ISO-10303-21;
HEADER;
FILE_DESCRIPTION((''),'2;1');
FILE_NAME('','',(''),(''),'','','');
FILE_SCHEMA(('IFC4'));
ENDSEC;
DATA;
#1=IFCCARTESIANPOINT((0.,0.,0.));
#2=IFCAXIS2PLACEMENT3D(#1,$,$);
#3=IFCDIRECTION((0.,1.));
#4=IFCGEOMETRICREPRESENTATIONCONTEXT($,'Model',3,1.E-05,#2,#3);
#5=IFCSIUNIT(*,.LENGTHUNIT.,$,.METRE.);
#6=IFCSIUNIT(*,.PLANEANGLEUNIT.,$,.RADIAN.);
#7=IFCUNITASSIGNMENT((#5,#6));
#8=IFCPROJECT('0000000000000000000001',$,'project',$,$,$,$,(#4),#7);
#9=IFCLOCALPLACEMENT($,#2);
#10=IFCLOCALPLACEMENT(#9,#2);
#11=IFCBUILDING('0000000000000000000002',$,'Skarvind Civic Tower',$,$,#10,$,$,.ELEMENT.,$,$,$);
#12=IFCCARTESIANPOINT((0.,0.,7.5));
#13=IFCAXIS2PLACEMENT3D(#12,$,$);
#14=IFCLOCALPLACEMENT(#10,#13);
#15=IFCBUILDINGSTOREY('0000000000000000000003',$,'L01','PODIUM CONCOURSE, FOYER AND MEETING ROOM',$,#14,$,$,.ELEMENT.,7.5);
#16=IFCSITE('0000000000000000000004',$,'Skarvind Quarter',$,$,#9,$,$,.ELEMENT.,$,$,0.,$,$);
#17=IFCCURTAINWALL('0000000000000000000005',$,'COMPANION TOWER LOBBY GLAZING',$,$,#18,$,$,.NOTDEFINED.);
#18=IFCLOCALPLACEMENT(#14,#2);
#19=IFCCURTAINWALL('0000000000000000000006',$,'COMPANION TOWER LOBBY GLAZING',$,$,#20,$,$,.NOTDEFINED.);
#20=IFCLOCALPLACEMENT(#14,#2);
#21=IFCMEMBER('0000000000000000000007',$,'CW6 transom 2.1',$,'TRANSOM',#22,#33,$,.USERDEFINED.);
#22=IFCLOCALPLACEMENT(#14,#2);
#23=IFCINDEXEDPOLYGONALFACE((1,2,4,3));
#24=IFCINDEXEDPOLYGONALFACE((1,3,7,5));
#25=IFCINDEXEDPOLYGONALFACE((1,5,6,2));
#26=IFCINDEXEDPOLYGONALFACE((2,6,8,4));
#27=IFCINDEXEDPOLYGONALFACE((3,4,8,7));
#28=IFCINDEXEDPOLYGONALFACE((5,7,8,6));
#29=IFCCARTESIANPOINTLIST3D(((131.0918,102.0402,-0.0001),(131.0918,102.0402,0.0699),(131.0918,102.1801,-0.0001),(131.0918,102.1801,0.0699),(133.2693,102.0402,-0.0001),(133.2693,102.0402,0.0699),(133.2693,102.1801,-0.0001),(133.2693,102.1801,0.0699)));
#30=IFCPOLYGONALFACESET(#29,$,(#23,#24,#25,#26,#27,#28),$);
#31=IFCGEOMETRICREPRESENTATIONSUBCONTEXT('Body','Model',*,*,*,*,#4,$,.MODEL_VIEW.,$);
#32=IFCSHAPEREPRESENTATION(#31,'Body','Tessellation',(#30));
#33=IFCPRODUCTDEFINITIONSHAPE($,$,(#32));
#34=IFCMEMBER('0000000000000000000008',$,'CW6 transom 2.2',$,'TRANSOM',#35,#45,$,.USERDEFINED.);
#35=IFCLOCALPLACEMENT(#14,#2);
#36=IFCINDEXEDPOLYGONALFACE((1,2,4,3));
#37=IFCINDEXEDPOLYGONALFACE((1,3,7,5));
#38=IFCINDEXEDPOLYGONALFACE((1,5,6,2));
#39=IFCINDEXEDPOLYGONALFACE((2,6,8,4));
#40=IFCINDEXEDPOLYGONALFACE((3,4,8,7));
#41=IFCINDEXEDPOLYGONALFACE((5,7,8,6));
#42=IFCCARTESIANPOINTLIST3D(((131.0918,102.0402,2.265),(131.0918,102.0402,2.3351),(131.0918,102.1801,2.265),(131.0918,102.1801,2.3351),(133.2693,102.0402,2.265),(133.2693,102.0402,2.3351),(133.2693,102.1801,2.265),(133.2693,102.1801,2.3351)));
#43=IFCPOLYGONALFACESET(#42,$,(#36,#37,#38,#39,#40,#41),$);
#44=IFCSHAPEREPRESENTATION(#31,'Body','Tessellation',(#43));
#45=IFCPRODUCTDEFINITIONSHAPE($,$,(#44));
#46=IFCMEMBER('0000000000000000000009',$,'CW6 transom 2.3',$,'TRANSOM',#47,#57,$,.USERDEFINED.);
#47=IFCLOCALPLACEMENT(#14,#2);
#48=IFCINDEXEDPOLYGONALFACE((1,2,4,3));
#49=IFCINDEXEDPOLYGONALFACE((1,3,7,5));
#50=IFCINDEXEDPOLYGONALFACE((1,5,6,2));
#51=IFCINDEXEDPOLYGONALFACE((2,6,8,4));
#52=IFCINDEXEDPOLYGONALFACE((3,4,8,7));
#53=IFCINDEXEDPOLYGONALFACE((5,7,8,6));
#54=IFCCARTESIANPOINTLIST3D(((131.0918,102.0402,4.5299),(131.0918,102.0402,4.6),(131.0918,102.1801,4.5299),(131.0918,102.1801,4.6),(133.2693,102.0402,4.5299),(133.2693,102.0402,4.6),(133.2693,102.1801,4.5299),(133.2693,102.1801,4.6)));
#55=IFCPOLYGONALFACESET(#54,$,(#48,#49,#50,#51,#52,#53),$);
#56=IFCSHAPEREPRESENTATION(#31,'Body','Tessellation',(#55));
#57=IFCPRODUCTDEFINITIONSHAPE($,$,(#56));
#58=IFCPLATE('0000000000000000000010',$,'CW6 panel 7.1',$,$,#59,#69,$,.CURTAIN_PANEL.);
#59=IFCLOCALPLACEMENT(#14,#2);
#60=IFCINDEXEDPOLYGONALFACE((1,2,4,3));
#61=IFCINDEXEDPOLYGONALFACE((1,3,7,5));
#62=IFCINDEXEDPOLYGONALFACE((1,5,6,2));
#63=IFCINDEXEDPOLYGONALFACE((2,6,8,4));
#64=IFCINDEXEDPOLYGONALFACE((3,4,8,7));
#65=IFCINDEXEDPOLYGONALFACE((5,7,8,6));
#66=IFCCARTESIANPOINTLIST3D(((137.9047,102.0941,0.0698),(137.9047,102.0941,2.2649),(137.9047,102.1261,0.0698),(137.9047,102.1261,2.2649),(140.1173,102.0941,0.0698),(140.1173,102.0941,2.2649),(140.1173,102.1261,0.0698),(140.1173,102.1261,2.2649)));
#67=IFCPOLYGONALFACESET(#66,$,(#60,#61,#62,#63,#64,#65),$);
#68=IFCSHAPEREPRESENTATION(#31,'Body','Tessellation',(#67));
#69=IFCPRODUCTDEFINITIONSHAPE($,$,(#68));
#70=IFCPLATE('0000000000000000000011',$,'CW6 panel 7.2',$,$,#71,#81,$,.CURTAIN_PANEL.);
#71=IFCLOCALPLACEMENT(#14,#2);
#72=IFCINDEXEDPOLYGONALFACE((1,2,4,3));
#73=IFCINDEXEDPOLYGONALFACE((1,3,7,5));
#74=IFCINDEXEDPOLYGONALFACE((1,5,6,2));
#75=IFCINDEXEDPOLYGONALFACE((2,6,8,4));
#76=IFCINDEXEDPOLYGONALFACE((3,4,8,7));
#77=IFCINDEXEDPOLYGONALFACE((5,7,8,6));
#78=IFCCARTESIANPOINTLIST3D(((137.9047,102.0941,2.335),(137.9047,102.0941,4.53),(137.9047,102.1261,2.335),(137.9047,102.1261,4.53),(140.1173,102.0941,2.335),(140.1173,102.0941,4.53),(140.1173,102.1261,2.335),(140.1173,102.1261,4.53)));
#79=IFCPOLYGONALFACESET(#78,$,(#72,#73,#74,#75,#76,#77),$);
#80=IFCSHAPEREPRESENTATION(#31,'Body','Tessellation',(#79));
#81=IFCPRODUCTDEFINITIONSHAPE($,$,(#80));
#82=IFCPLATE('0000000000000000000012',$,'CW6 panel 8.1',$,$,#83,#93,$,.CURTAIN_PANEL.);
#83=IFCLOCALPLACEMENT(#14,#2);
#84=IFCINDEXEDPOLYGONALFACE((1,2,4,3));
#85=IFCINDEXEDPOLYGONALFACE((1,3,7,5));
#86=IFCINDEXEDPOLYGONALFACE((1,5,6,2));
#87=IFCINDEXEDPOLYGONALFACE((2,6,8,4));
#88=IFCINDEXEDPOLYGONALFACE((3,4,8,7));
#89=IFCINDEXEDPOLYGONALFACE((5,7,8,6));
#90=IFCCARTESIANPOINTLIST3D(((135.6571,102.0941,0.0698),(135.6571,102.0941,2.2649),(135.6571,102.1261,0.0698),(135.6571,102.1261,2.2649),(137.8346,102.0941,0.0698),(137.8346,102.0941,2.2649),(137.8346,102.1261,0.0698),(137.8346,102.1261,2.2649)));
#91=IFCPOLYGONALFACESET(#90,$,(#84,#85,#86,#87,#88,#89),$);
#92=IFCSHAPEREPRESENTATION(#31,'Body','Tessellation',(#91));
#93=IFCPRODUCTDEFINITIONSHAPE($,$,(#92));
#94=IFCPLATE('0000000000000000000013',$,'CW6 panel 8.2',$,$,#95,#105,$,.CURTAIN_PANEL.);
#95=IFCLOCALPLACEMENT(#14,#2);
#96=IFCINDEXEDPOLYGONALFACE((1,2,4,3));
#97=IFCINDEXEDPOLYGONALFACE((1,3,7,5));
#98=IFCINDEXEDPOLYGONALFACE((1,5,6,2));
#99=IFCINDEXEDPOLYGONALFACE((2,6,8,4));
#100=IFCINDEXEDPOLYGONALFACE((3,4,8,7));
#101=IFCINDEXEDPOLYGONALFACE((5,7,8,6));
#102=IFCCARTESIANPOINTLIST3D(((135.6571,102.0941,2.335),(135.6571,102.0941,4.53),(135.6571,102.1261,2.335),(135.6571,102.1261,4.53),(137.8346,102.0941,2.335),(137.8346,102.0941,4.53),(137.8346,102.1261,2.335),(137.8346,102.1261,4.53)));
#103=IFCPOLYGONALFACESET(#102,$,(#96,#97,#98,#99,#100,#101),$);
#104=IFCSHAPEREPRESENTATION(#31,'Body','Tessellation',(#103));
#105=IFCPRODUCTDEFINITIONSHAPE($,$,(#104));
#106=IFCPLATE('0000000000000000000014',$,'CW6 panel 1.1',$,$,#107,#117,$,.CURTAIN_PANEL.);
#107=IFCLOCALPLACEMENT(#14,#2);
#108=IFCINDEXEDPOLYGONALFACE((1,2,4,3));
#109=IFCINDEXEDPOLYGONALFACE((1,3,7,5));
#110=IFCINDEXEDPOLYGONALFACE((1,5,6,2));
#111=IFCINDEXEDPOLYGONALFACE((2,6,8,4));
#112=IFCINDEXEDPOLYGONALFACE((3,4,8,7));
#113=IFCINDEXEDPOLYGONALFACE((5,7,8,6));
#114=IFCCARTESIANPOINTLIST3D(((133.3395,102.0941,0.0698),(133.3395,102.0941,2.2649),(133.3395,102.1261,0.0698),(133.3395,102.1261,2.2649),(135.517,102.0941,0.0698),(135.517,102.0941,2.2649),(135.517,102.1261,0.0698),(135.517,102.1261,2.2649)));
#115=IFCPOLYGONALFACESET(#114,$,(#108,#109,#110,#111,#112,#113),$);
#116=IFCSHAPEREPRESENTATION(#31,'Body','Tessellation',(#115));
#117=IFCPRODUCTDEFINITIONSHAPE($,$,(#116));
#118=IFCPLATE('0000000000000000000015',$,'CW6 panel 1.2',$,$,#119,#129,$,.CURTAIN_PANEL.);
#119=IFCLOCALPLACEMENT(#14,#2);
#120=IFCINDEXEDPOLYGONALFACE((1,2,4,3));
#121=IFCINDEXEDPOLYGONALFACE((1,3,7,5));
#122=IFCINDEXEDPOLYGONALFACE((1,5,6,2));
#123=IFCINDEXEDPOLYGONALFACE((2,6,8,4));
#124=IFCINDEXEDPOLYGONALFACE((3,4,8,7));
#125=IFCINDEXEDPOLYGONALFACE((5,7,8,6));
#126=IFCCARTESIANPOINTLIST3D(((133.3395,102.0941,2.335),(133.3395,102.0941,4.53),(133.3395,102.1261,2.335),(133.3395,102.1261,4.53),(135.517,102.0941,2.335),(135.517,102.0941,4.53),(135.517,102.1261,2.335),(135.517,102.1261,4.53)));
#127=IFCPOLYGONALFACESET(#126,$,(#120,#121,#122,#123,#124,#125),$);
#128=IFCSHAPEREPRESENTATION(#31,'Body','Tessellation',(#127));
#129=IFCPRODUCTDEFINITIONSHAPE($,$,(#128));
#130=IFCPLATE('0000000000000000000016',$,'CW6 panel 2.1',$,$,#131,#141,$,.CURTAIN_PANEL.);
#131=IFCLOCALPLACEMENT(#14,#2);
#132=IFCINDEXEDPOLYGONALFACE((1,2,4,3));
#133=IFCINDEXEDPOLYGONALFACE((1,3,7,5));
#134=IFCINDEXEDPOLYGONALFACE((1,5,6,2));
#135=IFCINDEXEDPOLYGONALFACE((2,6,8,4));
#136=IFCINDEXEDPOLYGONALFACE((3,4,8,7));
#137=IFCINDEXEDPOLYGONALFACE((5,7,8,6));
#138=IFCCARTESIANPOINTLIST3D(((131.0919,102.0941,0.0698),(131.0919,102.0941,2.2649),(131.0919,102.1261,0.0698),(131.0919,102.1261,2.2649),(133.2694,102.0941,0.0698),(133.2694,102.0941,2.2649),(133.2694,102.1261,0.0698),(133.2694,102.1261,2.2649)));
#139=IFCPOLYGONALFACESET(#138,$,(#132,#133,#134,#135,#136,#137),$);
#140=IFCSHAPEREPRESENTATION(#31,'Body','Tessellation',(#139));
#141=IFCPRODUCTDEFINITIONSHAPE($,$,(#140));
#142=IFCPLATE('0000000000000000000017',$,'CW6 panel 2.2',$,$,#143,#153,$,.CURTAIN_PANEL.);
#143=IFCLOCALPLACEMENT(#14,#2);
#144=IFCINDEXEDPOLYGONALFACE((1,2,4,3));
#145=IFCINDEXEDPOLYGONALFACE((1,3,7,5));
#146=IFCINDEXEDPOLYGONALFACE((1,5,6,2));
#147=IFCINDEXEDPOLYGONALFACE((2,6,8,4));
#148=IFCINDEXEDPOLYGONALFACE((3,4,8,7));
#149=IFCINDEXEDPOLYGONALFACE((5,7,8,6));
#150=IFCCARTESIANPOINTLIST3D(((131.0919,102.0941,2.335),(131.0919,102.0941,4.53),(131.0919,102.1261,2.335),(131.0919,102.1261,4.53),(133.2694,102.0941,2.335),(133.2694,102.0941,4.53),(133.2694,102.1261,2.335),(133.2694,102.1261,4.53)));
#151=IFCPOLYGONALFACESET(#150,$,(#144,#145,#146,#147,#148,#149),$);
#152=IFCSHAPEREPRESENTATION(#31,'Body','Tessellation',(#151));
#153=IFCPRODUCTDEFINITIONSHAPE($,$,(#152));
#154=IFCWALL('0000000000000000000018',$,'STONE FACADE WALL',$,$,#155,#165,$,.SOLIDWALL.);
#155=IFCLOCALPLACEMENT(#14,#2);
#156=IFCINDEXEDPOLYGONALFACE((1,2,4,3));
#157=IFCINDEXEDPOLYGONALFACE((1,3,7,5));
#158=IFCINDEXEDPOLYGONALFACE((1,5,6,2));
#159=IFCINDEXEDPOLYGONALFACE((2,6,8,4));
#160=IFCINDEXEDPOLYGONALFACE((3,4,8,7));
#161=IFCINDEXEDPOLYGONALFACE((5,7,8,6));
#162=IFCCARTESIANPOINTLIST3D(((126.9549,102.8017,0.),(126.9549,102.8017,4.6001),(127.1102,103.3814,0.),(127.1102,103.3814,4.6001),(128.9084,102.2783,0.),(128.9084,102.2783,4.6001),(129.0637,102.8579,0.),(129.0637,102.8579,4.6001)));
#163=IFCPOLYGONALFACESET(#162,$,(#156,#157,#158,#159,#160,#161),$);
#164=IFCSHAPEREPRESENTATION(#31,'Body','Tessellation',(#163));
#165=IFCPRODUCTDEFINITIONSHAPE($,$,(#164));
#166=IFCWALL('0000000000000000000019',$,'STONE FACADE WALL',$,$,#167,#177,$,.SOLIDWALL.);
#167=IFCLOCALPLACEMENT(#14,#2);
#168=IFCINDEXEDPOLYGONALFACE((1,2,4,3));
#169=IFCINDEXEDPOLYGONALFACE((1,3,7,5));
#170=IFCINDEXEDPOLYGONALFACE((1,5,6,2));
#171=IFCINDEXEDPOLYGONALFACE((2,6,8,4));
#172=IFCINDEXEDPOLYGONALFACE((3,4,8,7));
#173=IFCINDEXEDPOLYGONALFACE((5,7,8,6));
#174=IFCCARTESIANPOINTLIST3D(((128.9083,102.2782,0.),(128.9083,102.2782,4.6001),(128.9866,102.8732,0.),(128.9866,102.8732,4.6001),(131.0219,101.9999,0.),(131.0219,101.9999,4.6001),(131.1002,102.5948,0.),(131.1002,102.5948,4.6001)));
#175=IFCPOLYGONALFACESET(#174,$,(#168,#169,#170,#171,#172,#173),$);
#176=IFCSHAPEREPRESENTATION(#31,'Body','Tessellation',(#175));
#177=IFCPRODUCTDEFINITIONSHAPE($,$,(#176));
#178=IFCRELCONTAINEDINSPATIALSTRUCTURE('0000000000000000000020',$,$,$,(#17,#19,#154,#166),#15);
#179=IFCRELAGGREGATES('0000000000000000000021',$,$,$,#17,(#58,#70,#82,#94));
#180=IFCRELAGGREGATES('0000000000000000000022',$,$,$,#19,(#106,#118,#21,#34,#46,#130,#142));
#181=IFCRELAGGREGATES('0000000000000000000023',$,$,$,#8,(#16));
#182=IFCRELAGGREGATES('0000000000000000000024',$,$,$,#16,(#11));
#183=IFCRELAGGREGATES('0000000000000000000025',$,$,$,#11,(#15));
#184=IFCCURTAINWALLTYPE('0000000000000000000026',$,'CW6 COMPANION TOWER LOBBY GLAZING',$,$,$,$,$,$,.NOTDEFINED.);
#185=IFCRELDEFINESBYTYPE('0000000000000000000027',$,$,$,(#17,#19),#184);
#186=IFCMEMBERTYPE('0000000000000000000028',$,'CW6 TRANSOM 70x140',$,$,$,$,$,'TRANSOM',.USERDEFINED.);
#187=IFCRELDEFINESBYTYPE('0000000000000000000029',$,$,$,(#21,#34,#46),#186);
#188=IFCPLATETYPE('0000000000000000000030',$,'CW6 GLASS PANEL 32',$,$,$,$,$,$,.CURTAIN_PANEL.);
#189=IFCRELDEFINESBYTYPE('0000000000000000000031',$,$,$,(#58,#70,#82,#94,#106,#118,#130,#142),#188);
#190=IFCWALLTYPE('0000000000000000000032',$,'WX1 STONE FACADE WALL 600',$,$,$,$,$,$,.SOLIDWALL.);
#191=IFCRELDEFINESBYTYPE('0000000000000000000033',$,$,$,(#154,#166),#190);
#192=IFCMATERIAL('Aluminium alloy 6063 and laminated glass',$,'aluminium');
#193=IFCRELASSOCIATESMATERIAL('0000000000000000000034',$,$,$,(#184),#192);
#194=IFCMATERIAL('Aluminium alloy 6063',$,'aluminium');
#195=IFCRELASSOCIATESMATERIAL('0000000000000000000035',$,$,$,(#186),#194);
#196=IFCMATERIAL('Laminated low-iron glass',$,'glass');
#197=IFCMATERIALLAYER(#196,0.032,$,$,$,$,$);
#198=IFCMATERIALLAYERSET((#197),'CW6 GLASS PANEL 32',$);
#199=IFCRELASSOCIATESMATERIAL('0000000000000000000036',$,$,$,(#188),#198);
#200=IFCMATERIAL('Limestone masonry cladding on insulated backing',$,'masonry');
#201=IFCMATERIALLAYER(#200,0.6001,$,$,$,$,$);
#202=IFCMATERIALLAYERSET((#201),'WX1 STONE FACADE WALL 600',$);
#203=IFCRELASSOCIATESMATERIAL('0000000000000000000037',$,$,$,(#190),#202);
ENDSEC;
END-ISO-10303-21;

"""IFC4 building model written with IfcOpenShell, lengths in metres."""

from ifc_helpers import new_model, si_unit, direction, frame, frame_2d, origin, origin_2d, place, context, subcontext, project, spatial, rectangle, extrude, material, layer, layer_set, material_profile, profile_set, type_object, element, aggregate, save


model = new_model("IFC4")

# Units and contexts
model_context = context("Model", 3, precision=1e-05, world=origin(), true_north=direction((0.0, 1.0)))
body_context = subcontext(model_context, "Body", "Model", "MODEL_VIEW")
ifc_project = project(units=[si_unit("LENGTHUNIT", "METRE"), si_unit("PLANEANGLEUNIT", "RADIAN")], contexts=[model_context])

# Site, building, storey
site_placement = place(None, origin())
site = spatial("IfcSite", under=ifc_project, at=site_placement, Name="Skarvind Quarter", CompositionType="ELEMENT", RefElevation=0.0)
building_placement = place(site_placement, origin())
building = spatial("IfcBuilding", under=site, at=building_placement, Name="Skarvind Civic Tower", CompositionType="ELEMENT")
storey_placement = place(building_placement, frame((0.0, 0.0, 7.5)))
storey = spatial("IfcBuildingStorey", under=building, at=storey_placement, Name="L01", Description="PODIUM CONCOURSE, FOYER AND MEETING ROOM", CompositionType="ELEMENT", Elevation=7.5)

# Curtain walls
ifc_material_1 = material(Name="Aluminium alloy 6063 and laminated glass", Category="aluminium")
curtain_wall_type = type_object("IfcCurtainWallType", Name="CW6 COMPANION TOWER LOBBY GLAZING", PredefinedType="NOTDEFINED", material=ifc_material_1)
curtain_wall_1_placement = place(storey_placement, origin())
curtain_wall_1 = element("IfcCurtainWall", 1, at=curtain_wall_1_placement, inside=storey, type_object=curtain_wall_type, Name="COMPANION TOWER LOBBY GLAZING", PredefinedType="NOTDEFINED")
ifc_material_2 = material(Name="Aluminium alloy 6063", Category="aluminium")
curtain_wall_2_placement = place(storey_placement, origin())
curtain_wall_2 = element("IfcCurtainWall", 2, at=curtain_wall_2_placement, inside=storey, type_object=curtain_wall_type, Name="COMPANION TOWER LOBBY GLAZING", PredefinedType="NOTDEFINED")

# Members
ifc_material_profile_1 = material_profile(ifc_material_2, rectangle(XDim=0.1399, YDim=0.0701, at=origin_2d()), Name="AL 70x140")
ifc_profile_set_1 = profile_set([ifc_material_profile_1], Name="Aluminium alloy 6063")
member_type_1 = type_object("IfcMemberType", Name="CW6 TRANSOM 70x140", ElementType="TRANSOM", PredefinedType="USERDEFINED", material=ifc_profile_set_1)
member_1_placement = place(storey_placement, frame((133.2693, 102.1101, 0.0349), z_axis=(-1.0, 0.0, 0.0), x_axis=(0.0, -1.0, 0.0)))
member_1 = element("IfcMember", 3, at=member_1_placement, type_object=member_type_1, Name="CW6 transom 2.1", ObjectType="TRANSOM", PredefinedType="USERDEFINED", context=body_context, shape_type="SweptSolid", body=[
    extrude(rectangle(XDim=0.1399, YDim=0.0701, at=origin_2d()), origin(), (0.0, 0.0, 1.0), 2.1775),
])
member_2_placement = place(storey_placement, frame((133.2693, 102.1101, 2.3), z_axis=(-1.0, 0.0, 0.0), x_axis=(0.0, -1.0, 0.0)))
member_2 = element("IfcMember", 4, at=member_2_placement, type_object=member_type_1, Name="CW6 transom 2.2", ObjectType="TRANSOM", PredefinedType="USERDEFINED", context=body_context, shape_type="SweptSolid", body=[
    extrude(rectangle(XDim=0.1399, YDim=0.0701, at=origin_2d()), origin(), (0.0, 0.0, 1.0), 2.1775),
])
member_3_placement = place(storey_placement, frame((133.2693, 102.1101, 4.5649), z_axis=(-1.0, 0.0, 0.0), x_axis=(0.0, -1.0, 0.0)))
member_3 = element("IfcMember", 5, at=member_3_placement, type_object=member_type_1, Name="CW6 transom 2.3", ObjectType="TRANSOM", PredefinedType="USERDEFINED", context=body_context, shape_type="SweptSolid", body=[
    extrude(rectangle(XDim=0.1399, YDim=0.0701, at=origin_2d()), origin(), (0.0, 0.0, 1.0), 2.1775),
])

# Plates
ifc_material_3 = material(Name="Laminated low-iron glass", Category="glass")
ifc_layer_1 = layer(ifc_material_3, 0.032)
ifc_layer_set_1 = layer_set([ifc_layer_1], Name="CW6 GLASS PANEL 32")
plate_type = type_object("IfcPlateType", Name="CW6 GLASS PANEL 32", PredefinedType="CURTAIN_PANEL", material=ifc_layer_set_1)
plate_1_placement = place(storey_placement, frame((139.011, 102.1101, 0.0698), z_axis=(0.0, 0.0, 1.0), x_axis=(-1.0, 0.0, 0.0)))
plate_1 = element("IfcPlate", 6, at=plate_1_placement, type_object=plate_type, Name="CW6 panel 7.1", PredefinedType="CURTAIN_PANEL", context=body_context, shape_type="SweptSolid", body=[
    extrude(rectangle(XDim=2.2126, YDim=0.032, at=origin_2d()), origin(), (0.0, 0.0, 1.0), 2.1951),
])
plate_2_placement = place(storey_placement, frame((139.011, 102.1101, 2.335), z_axis=(0.0, 0.0, 1.0), x_axis=(-1.0, 0.0, 0.0)))
plate_2 = element("IfcPlate", 7, at=plate_2_placement, type_object=plate_type, Name="CW6 panel 7.2", PredefinedType="CURTAIN_PANEL", context=body_context, shape_type="SweptSolid", body=[
    extrude(rectangle(XDim=2.2126, YDim=0.032, at=origin_2d()), origin(), (0.0, 0.0, 1.0), 2.1951),
])
plate_3_placement = place(storey_placement, frame((136.7458, 102.1101, 0.0698), z_axis=(0.0, 0.0, 1.0), x_axis=(-1.0, 0.0, 0.0)))
plate_3 = element("IfcPlate", 8, at=plate_3_placement, type_object=plate_type, Name="CW6 panel 8.1", PredefinedType="CURTAIN_PANEL", context=body_context, shape_type="SweptSolid", body=[
    extrude(rectangle(XDim=2.1775, YDim=0.032, at=origin_2d()), origin(), (0.0, 0.0, 1.0), 2.1951),
])
plate_4_placement = place(storey_placement, frame((136.7458, 102.1101, 2.335), z_axis=(0.0, 0.0, 1.0), x_axis=(-1.0, 0.0, 0.0)))
plate_4 = element("IfcPlate", 9, at=plate_4_placement, type_object=plate_type, Name="CW6 panel 8.2", PredefinedType="CURTAIN_PANEL", context=body_context, shape_type="SweptSolid", body=[
    extrude(rectangle(XDim=2.1775, YDim=0.032, at=origin_2d()), origin(), (0.0, 0.0, 1.0), 2.1951),
])
aggregate(curtain_wall_1, [plate_1, plate_2, plate_3, plate_4])
plate_5_placement = place(storey_placement, frame((134.4282, 102.1101, 0.0698), z_axis=(0.0, 0.0, 1.0), x_axis=(-1.0, 0.0, 0.0)))
plate_5 = element("IfcPlate", 10, at=plate_5_placement, type_object=plate_type, Name="CW6 panel 1.1", PredefinedType="CURTAIN_PANEL", context=body_context, shape_type="SweptSolid", body=[
    extrude(rectangle(XDim=2.1775, YDim=0.032, at=origin_2d()), origin(), (0.0, 0.0, 1.0), 2.1951),
])
plate_6_placement = place(storey_placement, frame((134.4282, 102.1101, 2.335), z_axis=(0.0, 0.0, 1.0), x_axis=(-1.0, 0.0, 0.0)))
plate_6 = element("IfcPlate", 11, at=plate_6_placement, type_object=plate_type, Name="CW6 panel 1.2", PredefinedType="CURTAIN_PANEL", context=body_context, shape_type="SweptSolid", body=[
    extrude(rectangle(XDim=2.1775, YDim=0.032, at=origin_2d()), origin(), (0.0, 0.0, 1.0), 2.1951),
])
plate_7_placement = place(storey_placement, frame((132.1807, 102.1101, 0.0698), z_axis=(0.0, 0.0, 1.0), x_axis=(-1.0, 0.0, 0.0)))
plate_7 = element("IfcPlate", 12, at=plate_7_placement, type_object=plate_type, Name="CW6 panel 2.1", PredefinedType="CURTAIN_PANEL", context=body_context, shape_type="SweptSolid", body=[
    extrude(rectangle(XDim=2.1775, YDim=0.032, at=origin_2d()), origin(), (0.0, 0.0, 1.0), 2.1951),
])
plate_8_placement = place(storey_placement, frame((132.1807, 102.1101, 2.335), z_axis=(0.0, 0.0, 1.0), x_axis=(-1.0, 0.0, 0.0)))
plate_8 = element("IfcPlate", 13, at=plate_8_placement, type_object=plate_type, Name="CW6 panel 2.2", PredefinedType="CURTAIN_PANEL", context=body_context, shape_type="SweptSolid", body=[
    extrude(rectangle(XDim=2.1775, YDim=0.032, at=origin_2d()), origin(), (0.0, 0.0, 1.0), 2.1951),
])
aggregate(curtain_wall_2, [plate_5, plate_6, member_1, member_2, member_3, plate_7, plate_8])

# Walls
ifc_material_4 = material(Name="Limestone masonry cladding on insulated backing", Category="masonry")
ifc_layer_2 = layer(ifc_material_4, 0.6001)
ifc_layer_set_2 = layer_set([ifc_layer_2], Name="WX1 STONE FACADE WALL 600")
wall_type = type_object("IfcWallType", Name="WX1 STONE FACADE WALL 600", PredefinedType="SOLIDWALL", material=ifc_layer_set_2)
wall_1_placement = place(storey_placement, frame((128.9861, 102.5681, 0.0), z_axis=(0.0, 0.0, 1.0), x_axis=(-0.96593, 0.258804, 0.0)))
element("IfcWall", 14, at=wall_1_placement, inside=storey, type_object=wall_type, Name="STONE FACADE WALL", PredefinedType="SOLIDWALL", context=body_context, shape_type="SweptSolid", body=[
    extrude(rectangle(XDim=2.0225, YDim=0.6001, at=frame_2d((1.0112, 0.0))), origin(), (0.0, 0.0, 1.0), 4.6001),
])
wall_2_placement = place(storey_placement, frame((131.061, 102.2974, 0.0), z_axis=(0.0, 0.0, 1.0), x_axis=(-0.991441, 0.130558, 0.0)))
element("IfcWall", 15, at=wall_2_placement, inside=storey, type_object=wall_type, Name="STONE FACADE WALL", PredefinedType="SOLIDWALL", context=body_context, shape_type="SweptSolid", body=[
    extrude(rectangle(XDim=2.1318, YDim=0.6001, at=frame_2d((1.0659, 0.0))), origin(), (0.0, 0.0, 1.0), 4.6001),
])

save(model, "model.ifc")
